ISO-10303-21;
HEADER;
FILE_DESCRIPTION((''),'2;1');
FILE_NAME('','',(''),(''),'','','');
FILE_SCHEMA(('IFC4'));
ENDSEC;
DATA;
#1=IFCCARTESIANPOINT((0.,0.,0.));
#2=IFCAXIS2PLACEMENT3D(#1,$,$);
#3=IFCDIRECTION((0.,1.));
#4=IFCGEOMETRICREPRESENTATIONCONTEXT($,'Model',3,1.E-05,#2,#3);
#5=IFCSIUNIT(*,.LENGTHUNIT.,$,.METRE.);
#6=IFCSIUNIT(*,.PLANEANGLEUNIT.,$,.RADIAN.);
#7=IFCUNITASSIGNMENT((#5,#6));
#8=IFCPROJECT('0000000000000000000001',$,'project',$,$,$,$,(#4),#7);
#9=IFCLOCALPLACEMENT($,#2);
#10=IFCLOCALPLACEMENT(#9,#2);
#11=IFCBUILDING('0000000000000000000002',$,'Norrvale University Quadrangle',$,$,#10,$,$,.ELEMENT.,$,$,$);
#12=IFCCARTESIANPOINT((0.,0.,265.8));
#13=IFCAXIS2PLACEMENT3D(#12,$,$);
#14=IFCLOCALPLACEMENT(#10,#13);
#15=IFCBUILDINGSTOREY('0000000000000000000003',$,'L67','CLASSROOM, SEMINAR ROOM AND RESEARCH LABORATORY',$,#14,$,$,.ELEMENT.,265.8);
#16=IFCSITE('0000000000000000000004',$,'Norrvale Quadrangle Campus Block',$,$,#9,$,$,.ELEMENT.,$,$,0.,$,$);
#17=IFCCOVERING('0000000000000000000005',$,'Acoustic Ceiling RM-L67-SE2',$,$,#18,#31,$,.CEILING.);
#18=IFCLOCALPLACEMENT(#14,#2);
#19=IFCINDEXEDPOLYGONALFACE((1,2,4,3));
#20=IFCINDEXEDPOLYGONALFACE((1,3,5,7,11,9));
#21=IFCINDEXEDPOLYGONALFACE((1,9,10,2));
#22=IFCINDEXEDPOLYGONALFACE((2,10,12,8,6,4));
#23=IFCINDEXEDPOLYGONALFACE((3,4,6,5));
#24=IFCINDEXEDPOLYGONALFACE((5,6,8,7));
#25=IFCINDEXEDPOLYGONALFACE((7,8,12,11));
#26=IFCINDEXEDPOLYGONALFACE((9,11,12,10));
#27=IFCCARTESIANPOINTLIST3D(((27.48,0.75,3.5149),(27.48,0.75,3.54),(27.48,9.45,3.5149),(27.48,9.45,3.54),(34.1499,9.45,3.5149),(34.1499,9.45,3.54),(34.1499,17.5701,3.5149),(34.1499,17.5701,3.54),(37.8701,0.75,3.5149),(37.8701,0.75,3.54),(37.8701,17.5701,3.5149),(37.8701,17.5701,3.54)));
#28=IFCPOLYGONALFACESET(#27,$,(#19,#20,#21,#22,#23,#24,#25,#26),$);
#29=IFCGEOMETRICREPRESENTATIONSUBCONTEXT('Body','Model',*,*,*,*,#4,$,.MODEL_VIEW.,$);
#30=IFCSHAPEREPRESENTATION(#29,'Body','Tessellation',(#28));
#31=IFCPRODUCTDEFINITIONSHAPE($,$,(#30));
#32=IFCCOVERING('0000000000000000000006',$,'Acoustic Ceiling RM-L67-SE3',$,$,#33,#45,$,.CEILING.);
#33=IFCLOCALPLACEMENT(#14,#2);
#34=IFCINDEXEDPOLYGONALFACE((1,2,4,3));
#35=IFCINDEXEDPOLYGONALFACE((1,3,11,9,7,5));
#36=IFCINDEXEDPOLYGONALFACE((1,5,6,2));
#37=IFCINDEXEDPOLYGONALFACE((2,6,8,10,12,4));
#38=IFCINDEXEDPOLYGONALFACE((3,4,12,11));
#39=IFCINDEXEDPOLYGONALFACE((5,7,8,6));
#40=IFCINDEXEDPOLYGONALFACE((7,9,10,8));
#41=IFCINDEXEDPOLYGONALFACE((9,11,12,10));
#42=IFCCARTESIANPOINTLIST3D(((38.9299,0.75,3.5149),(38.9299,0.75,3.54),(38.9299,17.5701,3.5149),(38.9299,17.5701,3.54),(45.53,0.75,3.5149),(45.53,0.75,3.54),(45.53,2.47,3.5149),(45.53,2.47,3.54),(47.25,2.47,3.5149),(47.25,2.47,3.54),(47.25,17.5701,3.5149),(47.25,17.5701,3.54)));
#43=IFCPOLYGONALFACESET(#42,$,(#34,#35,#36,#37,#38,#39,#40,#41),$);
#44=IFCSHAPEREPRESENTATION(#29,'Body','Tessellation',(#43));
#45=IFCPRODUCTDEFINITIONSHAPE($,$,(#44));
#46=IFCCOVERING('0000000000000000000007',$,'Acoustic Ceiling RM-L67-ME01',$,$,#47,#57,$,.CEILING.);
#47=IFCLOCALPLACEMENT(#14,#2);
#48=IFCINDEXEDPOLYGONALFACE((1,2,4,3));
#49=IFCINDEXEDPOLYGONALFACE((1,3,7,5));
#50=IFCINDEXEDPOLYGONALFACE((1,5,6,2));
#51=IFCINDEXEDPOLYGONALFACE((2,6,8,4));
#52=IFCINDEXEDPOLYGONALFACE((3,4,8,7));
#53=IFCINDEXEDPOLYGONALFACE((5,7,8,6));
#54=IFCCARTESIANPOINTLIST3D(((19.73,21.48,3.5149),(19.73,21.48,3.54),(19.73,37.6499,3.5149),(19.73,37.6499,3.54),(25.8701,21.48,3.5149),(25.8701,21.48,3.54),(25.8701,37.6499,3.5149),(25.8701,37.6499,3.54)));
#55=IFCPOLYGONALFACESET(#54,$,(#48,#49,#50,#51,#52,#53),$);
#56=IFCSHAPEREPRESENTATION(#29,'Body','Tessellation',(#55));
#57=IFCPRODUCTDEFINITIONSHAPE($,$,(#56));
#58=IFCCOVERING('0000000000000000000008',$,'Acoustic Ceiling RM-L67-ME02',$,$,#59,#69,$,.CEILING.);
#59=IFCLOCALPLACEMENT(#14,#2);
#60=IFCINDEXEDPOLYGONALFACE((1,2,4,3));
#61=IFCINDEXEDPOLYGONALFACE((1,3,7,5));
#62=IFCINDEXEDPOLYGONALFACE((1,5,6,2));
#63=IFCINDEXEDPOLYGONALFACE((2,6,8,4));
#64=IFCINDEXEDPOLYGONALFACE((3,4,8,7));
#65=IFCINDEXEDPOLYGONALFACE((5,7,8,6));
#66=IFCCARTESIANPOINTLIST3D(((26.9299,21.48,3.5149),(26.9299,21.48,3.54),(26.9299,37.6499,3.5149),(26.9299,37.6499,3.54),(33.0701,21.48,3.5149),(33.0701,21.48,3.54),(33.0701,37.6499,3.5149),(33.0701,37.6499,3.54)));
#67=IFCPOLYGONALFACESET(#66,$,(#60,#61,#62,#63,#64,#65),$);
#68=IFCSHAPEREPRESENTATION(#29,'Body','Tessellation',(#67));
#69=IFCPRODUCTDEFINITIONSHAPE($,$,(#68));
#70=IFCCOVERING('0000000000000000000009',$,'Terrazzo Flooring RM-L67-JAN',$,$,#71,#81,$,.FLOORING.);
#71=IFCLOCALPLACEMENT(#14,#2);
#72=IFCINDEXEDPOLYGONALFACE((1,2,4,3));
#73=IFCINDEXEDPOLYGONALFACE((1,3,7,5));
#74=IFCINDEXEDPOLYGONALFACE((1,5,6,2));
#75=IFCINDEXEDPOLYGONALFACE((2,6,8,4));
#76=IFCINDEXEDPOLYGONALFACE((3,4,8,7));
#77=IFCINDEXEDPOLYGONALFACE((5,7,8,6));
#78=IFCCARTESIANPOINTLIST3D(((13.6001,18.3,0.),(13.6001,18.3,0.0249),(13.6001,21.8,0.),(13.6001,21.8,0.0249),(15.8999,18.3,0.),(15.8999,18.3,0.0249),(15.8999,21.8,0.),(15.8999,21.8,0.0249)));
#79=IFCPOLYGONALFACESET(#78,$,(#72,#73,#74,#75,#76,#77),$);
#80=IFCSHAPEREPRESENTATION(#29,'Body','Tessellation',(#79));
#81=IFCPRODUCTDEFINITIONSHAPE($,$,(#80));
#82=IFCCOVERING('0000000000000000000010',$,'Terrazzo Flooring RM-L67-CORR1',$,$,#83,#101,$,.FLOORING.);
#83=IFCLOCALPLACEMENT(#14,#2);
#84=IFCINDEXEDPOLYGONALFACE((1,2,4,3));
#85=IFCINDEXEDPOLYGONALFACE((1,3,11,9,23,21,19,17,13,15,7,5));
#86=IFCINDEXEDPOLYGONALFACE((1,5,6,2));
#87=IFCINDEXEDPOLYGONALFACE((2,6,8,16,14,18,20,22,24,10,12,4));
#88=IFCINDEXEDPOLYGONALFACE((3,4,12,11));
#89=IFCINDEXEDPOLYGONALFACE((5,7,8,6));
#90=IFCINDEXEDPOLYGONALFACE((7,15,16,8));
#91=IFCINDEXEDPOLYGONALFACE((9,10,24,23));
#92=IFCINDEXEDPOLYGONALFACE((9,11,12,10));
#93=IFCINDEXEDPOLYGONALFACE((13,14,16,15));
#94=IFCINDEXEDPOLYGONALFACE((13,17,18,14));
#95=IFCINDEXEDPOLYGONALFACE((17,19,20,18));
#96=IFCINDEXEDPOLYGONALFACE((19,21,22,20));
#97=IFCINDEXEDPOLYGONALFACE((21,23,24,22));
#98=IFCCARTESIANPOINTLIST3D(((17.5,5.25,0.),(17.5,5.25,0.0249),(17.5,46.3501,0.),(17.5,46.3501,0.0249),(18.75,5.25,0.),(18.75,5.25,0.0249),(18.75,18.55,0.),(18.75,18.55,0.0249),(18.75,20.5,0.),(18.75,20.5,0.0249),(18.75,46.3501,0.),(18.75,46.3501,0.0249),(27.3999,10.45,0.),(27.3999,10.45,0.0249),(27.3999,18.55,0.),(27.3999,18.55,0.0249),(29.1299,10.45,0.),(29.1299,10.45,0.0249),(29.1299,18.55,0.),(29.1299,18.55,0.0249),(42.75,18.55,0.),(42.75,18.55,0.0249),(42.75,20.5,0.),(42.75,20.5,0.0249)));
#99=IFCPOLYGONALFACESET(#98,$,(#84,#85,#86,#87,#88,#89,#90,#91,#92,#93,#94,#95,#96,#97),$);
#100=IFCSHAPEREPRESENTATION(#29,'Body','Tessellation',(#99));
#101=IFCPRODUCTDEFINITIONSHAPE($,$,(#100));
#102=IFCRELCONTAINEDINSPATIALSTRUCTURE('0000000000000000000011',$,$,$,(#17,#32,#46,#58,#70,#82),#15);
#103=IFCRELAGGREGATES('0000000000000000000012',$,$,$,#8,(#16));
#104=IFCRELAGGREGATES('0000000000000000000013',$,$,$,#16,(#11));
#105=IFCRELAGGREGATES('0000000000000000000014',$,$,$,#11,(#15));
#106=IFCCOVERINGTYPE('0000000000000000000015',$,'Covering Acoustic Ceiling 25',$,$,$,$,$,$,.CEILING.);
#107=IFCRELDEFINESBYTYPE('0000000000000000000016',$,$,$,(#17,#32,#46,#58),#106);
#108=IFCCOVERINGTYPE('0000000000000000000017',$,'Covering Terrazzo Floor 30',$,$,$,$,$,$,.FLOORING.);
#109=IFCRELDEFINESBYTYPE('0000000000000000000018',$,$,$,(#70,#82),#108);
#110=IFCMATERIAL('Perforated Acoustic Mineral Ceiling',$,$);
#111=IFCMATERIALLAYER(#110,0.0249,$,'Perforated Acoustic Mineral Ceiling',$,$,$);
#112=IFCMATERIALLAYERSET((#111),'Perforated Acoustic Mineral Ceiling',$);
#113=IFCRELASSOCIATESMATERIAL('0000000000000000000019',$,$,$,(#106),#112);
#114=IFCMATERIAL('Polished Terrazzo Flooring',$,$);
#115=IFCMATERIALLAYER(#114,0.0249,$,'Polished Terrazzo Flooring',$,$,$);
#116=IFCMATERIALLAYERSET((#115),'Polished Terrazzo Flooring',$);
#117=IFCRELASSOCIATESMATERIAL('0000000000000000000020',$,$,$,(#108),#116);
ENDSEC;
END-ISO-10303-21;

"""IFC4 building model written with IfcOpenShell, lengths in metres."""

from ifc_helpers import new_model, si_unit, direction, frame, origin, place, context, subcontext, project, spatial, polyline, outline, extrude, material, layer, layer_set, type_object, element, save


model = new_model("IFC4")

# Units and contexts
model_context = context("Model", 3, precision=1e-05, world=origin(), true_north=direction((0.0, 1.0)))
body_context = subcontext(model_context, "Body", "Model", "MODEL_VIEW")
ifc_project = project(units=[si_unit("LENGTHUNIT", "METRE"), si_unit("PLANEANGLEUNIT", "RADIAN")], contexts=[model_context])

# Site, building, storey
site_placement = place(None, origin())
site = spatial("IfcSite", under=ifc_project, at=site_placement, Name="Norrvale Quadrangle Campus Block", CompositionType="ELEMENT", RefElevation=0.0)
building_placement = place(site_placement, origin())
building = spatial("IfcBuilding", under=site, at=building_placement, Name="Norrvale University Quadrangle", CompositionType="ELEMENT")
storey_placement = place(building_placement, frame((0.0, 0.0, 265.8)))
storey = spatial("IfcBuildingStorey", under=building, at=storey_placement, Name="L67", Description="CLASSROOM, SEMINAR ROOM AND RESEARCH LABORATORY", CompositionType="ELEMENT", Elevation=265.8)

# Coverings
ifc_material_1 = material(Name="Perforated Acoustic Mineral Ceiling")
ifc_layer_1 = layer(ifc_material_1, 0.0249, Name="Perforated Acoustic Mineral Ceiling")
ifc_layer_set_1 = layer_set([ifc_layer_1], Name="Perforated Acoustic Mineral Ceiling")
covering_type_1 = type_object("IfcCoveringType", Name="Covering Acoustic Ceiling 25", PredefinedType="CEILING", material=ifc_layer_set_1)
covering_1_placement = place(storey_placement, frame((0.0, 0.0, 3.5149)))
element("IfcCovering", 1, at=covering_1_placement, inside=storey, type_object=covering_type_1, Name="Acoustic Ceiling RM-L67-SE2", PredefinedType="CEILING", context=body_context, shape_type="SweptSolid", body=[
    extrude(outline(polyline([(27.48, 9.45), (34.1499, 9.45), (34.1499, 17.5701), (37.8701, 17.5701), (37.8701, 0.75), (27.48, 0.75), (27.48, 9.45)])), origin(), (0.0, 0.0, 1.0), 0.0251),
])
covering_2_placement = place(storey_placement, frame((0.0, 0.0, 3.5149)))
element("IfcCovering", 2, at=covering_2_placement, inside=storey, type_object=covering_type_1, Name="Acoustic Ceiling RM-L67-SE3", PredefinedType="CEILING", context=body_context, shape_type="SweptSolid", body=[
    extrude(outline(polyline([(38.9299, 0.75), (38.9299, 17.5701), (47.25, 17.5701), (47.25, 2.47), (45.53, 2.47), (45.53, 0.75), (38.9299, 0.75)])), origin(), (0.0, 0.0, 1.0), 0.0251),
])
covering_3_placement = place(storey_placement, frame((0.0, 0.0, 3.5149)))
element("IfcCovering", 3, at=covering_3_placement, inside=storey, type_object=covering_type_1, Name="Acoustic Ceiling RM-L67-ME01", PredefinedType="CEILING", context=body_context, shape_type="SweptSolid", body=[
    extrude(outline(polyline([(19.73, 37.6499), (25.8701, 37.6499), (25.8701, 21.48), (19.73, 21.48), (19.73, 37.6499)])), origin(), (0.0, 0.0, 1.0), 0.0251),
])
covering_4_placement = place(storey_placement, frame((0.0, 0.0, 3.5149)))
element("IfcCovering", 4, at=covering_4_placement, inside=storey, type_object=covering_type_1, Name="Acoustic Ceiling RM-L67-ME02", PredefinedType="CEILING", context=body_context, shape_type="SweptSolid", body=[
    extrude(outline(polyline([(26.9299, 37.6499), (33.0701, 37.6499), (33.0701, 21.48), (26.9299, 21.48), (26.9299, 37.6499)])), origin(), (0.0, 0.0, 1.0), 0.0251),
])
ifc_material_2 = material(Name="Polished Terrazzo Flooring")
ifc_layer_2 = layer(ifc_material_2, 0.0249, Name="Polished Terrazzo Flooring")
ifc_layer_set_2 = layer_set([ifc_layer_2], Name="Polished Terrazzo Flooring")
covering_type_2 = type_object("IfcCoveringType", Name="Covering Terrazzo Floor 30", PredefinedType="FLOORING", material=ifc_layer_set_2)
covering_5_placement = place(storey_placement, origin())
element("IfcCovering", 5, at=covering_5_placement, inside=storey, type_object=covering_type_2, Name="Terrazzo Flooring RM-L67-JAN", PredefinedType="FLOORING", context=body_context, shape_type="SweptSolid", body=[
    extrude(outline(polyline([(13.6001, 18.3), (13.6001, 21.8), (15.8999, 21.8), (15.8999, 18.3), (13.6001, 18.3)])), origin(), (0.0, 0.0, 1.0), 0.0249),
])
covering_6_placement = place(storey_placement, origin())
element("IfcCovering", 6, at=covering_6_placement, inside=storey, type_object=covering_type_2, Name="Terrazzo Flooring RM-L67-CORR1", PredefinedType="FLOORING", context=body_context, shape_type="SweptSolid", body=[
    extrude(outline(polyline([(17.5, 5.25), (17.5, 46.3501), (18.75, 46.3501), (18.75, 20.5), (42.75, 20.5), (42.75, 18.55), (29.1299, 18.55), (29.1299, 10.45), (27.3999, 10.45), (27.3999, 18.55), (18.75, 18.55), (18.75, 5.25), (17.5, 5.25)])), origin(), (0.0, 0.0, 1.0), 0.0249),
])

save(model, "model.ifc")
